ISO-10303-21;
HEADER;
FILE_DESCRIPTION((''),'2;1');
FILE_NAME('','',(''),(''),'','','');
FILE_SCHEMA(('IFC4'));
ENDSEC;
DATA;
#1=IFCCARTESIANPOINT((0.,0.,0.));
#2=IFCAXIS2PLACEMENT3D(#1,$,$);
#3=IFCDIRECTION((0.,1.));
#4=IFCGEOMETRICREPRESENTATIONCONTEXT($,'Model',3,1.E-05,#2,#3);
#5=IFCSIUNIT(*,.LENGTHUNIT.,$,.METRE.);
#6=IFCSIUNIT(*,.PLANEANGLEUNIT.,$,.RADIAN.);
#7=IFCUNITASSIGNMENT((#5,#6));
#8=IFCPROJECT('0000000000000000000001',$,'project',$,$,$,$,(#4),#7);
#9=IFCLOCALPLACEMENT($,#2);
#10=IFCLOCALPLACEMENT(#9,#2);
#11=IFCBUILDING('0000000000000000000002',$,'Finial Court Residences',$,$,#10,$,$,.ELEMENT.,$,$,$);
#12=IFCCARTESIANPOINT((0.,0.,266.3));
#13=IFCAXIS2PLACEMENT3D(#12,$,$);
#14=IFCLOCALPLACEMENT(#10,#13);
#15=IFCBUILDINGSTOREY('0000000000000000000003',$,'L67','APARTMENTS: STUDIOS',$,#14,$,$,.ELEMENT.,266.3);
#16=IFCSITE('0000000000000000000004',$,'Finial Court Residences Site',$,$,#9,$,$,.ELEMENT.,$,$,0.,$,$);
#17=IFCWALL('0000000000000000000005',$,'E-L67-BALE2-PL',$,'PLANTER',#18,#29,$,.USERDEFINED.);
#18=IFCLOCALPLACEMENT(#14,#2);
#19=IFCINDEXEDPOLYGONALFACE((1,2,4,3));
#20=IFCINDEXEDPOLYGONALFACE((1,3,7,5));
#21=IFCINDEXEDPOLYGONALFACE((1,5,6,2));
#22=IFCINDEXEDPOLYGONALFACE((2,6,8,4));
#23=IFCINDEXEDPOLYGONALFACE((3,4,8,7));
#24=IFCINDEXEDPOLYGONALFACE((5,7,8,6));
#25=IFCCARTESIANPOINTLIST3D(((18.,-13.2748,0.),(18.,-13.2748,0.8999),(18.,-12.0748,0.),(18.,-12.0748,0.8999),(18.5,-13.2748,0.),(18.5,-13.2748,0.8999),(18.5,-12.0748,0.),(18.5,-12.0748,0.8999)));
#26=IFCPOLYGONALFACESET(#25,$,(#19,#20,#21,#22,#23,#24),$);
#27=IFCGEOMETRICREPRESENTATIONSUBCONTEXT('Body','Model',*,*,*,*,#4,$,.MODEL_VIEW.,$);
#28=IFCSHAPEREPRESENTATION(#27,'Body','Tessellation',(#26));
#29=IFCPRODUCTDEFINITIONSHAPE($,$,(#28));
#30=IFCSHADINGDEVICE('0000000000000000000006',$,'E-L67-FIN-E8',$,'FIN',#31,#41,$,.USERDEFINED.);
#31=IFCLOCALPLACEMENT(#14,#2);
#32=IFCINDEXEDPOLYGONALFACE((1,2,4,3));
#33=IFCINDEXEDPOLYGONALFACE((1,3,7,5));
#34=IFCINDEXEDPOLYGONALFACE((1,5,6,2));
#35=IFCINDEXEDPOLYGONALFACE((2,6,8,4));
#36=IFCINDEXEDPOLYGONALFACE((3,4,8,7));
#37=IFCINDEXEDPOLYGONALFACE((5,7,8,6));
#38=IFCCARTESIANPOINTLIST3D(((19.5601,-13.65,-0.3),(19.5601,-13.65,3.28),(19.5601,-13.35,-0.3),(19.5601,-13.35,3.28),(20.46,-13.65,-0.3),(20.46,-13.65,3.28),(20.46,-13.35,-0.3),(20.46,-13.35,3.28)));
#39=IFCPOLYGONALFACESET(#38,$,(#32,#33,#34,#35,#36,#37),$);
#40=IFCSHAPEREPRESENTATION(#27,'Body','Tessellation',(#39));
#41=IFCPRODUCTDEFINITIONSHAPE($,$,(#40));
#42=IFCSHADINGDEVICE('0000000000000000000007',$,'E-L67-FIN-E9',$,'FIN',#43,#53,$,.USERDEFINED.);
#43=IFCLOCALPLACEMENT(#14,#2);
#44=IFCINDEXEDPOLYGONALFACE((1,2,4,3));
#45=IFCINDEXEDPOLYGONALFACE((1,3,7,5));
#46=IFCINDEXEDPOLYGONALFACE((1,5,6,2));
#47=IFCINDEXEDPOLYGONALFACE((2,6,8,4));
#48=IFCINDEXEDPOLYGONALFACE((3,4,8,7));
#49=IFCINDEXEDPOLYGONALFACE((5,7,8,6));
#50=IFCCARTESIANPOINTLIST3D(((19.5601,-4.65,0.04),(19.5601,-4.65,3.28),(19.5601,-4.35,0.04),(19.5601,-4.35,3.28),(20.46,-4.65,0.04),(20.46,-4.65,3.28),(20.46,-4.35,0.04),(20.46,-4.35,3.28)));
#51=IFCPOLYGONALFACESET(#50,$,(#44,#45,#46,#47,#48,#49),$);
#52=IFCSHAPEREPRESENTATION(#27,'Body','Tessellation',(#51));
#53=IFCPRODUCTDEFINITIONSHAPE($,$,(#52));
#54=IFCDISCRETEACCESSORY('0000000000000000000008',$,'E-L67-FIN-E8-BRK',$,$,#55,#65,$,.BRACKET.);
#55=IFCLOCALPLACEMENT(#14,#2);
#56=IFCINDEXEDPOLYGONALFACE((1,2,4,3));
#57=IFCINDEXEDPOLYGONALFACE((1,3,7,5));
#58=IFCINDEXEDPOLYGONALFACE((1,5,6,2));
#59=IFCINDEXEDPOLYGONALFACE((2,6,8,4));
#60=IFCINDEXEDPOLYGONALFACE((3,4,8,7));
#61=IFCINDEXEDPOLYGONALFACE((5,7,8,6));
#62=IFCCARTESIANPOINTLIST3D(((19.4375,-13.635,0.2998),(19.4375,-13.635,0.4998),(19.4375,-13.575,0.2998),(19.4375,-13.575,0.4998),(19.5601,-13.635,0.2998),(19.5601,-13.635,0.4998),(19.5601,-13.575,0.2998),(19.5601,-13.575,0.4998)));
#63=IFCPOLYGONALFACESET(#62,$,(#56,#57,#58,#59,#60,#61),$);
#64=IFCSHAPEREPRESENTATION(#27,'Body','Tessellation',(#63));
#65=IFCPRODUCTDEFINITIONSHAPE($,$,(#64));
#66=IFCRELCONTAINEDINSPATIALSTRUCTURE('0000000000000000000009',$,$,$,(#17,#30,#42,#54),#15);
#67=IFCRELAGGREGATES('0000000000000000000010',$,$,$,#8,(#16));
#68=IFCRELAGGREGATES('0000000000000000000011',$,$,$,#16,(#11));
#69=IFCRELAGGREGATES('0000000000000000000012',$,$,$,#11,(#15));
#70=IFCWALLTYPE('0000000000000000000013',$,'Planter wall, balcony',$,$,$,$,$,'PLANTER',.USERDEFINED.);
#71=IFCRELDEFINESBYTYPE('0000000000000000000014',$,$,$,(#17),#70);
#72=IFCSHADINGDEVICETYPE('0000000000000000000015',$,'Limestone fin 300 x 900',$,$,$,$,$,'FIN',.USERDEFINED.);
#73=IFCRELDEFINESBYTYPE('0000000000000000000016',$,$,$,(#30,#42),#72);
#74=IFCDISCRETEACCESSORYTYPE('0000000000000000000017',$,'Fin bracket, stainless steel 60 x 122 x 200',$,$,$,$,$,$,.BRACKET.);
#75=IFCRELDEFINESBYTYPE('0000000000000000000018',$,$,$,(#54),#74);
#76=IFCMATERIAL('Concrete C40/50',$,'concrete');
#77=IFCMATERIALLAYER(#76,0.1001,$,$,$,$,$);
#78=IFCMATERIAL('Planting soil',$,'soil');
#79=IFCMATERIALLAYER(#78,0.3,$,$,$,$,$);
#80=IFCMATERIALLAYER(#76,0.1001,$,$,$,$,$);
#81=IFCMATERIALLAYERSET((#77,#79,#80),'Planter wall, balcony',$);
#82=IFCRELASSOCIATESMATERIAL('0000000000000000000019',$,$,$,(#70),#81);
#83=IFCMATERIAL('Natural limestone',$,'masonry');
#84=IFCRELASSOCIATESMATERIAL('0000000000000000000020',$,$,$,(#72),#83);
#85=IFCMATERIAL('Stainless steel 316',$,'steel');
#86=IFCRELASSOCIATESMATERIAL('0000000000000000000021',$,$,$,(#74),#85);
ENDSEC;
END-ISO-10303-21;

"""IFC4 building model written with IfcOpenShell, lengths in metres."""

from ifc_helpers import new_model, si_unit, direction, frame, frame_2d, origin, origin_2d, place, context, subcontext, project, spatial, rectangle, extrude, material, layer, layer_set, type_object, element, save


model = new_model("IFC4")

# Units and contexts
model_context = context("Model", 3, precision=1e-05, world=origin(), true_north=direction((0.0, 1.0)))
body_context = subcontext(model_context, "Body", "Model", "MODEL_VIEW")
ifc_project = project(units=[si_unit("LENGTHUNIT", "METRE"), si_unit("PLANEANGLEUNIT", "RADIAN")], contexts=[model_context])

# Site, building, storey
site_placement = place(None, origin())
site = spatial("IfcSite", under=ifc_project, at=site_placement, Name="Finial Court Residences Site", CompositionType="ELEMENT", RefElevation=0.0)
building_placement = place(site_placement, origin())
building = spatial("IfcBuilding", under=site, at=building_placement, Name="Finial Court Residences", CompositionType="ELEMENT")
storey_placement = place(building_placement, frame((0.0, 0.0, 266.3)))
storey = spatial("IfcBuildingStorey", under=building, at=storey_placement, Name="L67", Description="APARTMENTS: STUDIOS", CompositionType="ELEMENT", Elevation=266.3)

# Shared definitions
ifc_material_1 = material(Name="Natural limestone", Category="masonry")

# Wall
ifc_material_2 = material(Name="Concrete C40/50", Category="concrete")
ifc_layer_1 = layer(ifc_material_2, 0.1001)
ifc_material_3 = material(Name="Planting soil", Category="soil")
ifc_layer_2 = layer(ifc_material_3, 0.3)
ifc_layer_3 = layer(ifc_material_2, 0.1001)
ifc_layer_set_1 = layer_set([ifc_layer_1, ifc_layer_2, ifc_layer_3], Name="Planter wall, balcony")
wall_type_1 = type_object("IfcWallType", Name="Planter wall, balcony", ElementType="PLANTER", PredefinedType="USERDEFINED", material=ifc_layer_set_1)
wall_1_placement = place(storey_placement, frame((18.25, -13.2749, 0.0), z_axis=(0.0, 0.0, 1.0), x_axis=(0.0, 1.0, 0.0)))
element("IfcWall", 1, at=wall_1_placement, inside=storey, type_object=wall_type_1, Name="E-L67-BALE2-PL", ObjectType="PLANTER", PredefinedType="USERDEFINED", context=body_context, shape_type="SweptSolid", body=[
    extrude(rectangle(XDim=1.2, YDim=0.5, at=frame_2d((0.6001, 0.0))), origin(), (0.0, 0.0, 1.0), 0.8999),
])

# Shading devices
shading_device_type = type_object("IfcShadingDeviceType", Name="Limestone fin 300 x 900", ElementType="FIN", PredefinedType="USERDEFINED", material=ifc_material_1)
shading_device_1_placement = place(storey_placement, frame((20.01, -13.5, -0.3), z_axis=(0.0, 0.0, 1.0), x_axis=(1.0, 0.0, 0.0)))
element("IfcShadingDevice", 2, at=shading_device_1_placement, inside=storey, type_object=shading_device_type, Name="E-L67-FIN-E8", ObjectType="FIN", PredefinedType="USERDEFINED", context=body_context, shape_type="SweptSolid", body=[
    extrude(rectangle(XDim=0.8999, YDim=0.3, at=origin_2d()), origin(), (0.0, 0.0, 1.0), 3.5801),
])
shading_device_2_placement = place(storey_placement, frame((20.01, -4.5, 0.04), z_axis=(0.0, 0.0, 1.0), x_axis=(1.0, 0.0, 0.0)))
element("IfcShadingDevice", 3, at=shading_device_2_placement, inside=storey, type_object=shading_device_type, Name="E-L67-FIN-E9", ObjectType="FIN", PredefinedType="USERDEFINED", context=body_context, shape_type="SweptSolid", body=[
    extrude(rectangle(XDim=0.8999, YDim=0.3, at=origin_2d()), origin(), (0.0, 0.0, 1.0), 3.24),
])

# Discrete accessory
ifc_material_4 = material(Name="Stainless steel 316", Category="steel")
discrete_accessory_type = type_object("IfcDiscreteAccessoryType", Name="Fin bracket, stainless steel 60 x 122 x 200", PredefinedType="BRACKET", material=ifc_material_4)
discrete_accessory_placement = place(storey_placement, frame((19.4988, -13.605, 0.2998), z_axis=(0.0, 0.0, 1.0), x_axis=(1.0, 0.0, 0.0)))
element("IfcDiscreteAccessory", 4, at=discrete_accessory_placement, inside=storey, type_object=discrete_accessory_type, Name="E-L67-FIN-E8-BRK", PredefinedType="BRACKET", context=body_context, shape_type="SweptSolid", body=[
    extrude(rectangle(XDim=0.1226, YDim=0.0601, at=origin_2d()), origin(), (0.0, 0.0, 1.0), 0.2),
])

save(model, "model.ifc")
